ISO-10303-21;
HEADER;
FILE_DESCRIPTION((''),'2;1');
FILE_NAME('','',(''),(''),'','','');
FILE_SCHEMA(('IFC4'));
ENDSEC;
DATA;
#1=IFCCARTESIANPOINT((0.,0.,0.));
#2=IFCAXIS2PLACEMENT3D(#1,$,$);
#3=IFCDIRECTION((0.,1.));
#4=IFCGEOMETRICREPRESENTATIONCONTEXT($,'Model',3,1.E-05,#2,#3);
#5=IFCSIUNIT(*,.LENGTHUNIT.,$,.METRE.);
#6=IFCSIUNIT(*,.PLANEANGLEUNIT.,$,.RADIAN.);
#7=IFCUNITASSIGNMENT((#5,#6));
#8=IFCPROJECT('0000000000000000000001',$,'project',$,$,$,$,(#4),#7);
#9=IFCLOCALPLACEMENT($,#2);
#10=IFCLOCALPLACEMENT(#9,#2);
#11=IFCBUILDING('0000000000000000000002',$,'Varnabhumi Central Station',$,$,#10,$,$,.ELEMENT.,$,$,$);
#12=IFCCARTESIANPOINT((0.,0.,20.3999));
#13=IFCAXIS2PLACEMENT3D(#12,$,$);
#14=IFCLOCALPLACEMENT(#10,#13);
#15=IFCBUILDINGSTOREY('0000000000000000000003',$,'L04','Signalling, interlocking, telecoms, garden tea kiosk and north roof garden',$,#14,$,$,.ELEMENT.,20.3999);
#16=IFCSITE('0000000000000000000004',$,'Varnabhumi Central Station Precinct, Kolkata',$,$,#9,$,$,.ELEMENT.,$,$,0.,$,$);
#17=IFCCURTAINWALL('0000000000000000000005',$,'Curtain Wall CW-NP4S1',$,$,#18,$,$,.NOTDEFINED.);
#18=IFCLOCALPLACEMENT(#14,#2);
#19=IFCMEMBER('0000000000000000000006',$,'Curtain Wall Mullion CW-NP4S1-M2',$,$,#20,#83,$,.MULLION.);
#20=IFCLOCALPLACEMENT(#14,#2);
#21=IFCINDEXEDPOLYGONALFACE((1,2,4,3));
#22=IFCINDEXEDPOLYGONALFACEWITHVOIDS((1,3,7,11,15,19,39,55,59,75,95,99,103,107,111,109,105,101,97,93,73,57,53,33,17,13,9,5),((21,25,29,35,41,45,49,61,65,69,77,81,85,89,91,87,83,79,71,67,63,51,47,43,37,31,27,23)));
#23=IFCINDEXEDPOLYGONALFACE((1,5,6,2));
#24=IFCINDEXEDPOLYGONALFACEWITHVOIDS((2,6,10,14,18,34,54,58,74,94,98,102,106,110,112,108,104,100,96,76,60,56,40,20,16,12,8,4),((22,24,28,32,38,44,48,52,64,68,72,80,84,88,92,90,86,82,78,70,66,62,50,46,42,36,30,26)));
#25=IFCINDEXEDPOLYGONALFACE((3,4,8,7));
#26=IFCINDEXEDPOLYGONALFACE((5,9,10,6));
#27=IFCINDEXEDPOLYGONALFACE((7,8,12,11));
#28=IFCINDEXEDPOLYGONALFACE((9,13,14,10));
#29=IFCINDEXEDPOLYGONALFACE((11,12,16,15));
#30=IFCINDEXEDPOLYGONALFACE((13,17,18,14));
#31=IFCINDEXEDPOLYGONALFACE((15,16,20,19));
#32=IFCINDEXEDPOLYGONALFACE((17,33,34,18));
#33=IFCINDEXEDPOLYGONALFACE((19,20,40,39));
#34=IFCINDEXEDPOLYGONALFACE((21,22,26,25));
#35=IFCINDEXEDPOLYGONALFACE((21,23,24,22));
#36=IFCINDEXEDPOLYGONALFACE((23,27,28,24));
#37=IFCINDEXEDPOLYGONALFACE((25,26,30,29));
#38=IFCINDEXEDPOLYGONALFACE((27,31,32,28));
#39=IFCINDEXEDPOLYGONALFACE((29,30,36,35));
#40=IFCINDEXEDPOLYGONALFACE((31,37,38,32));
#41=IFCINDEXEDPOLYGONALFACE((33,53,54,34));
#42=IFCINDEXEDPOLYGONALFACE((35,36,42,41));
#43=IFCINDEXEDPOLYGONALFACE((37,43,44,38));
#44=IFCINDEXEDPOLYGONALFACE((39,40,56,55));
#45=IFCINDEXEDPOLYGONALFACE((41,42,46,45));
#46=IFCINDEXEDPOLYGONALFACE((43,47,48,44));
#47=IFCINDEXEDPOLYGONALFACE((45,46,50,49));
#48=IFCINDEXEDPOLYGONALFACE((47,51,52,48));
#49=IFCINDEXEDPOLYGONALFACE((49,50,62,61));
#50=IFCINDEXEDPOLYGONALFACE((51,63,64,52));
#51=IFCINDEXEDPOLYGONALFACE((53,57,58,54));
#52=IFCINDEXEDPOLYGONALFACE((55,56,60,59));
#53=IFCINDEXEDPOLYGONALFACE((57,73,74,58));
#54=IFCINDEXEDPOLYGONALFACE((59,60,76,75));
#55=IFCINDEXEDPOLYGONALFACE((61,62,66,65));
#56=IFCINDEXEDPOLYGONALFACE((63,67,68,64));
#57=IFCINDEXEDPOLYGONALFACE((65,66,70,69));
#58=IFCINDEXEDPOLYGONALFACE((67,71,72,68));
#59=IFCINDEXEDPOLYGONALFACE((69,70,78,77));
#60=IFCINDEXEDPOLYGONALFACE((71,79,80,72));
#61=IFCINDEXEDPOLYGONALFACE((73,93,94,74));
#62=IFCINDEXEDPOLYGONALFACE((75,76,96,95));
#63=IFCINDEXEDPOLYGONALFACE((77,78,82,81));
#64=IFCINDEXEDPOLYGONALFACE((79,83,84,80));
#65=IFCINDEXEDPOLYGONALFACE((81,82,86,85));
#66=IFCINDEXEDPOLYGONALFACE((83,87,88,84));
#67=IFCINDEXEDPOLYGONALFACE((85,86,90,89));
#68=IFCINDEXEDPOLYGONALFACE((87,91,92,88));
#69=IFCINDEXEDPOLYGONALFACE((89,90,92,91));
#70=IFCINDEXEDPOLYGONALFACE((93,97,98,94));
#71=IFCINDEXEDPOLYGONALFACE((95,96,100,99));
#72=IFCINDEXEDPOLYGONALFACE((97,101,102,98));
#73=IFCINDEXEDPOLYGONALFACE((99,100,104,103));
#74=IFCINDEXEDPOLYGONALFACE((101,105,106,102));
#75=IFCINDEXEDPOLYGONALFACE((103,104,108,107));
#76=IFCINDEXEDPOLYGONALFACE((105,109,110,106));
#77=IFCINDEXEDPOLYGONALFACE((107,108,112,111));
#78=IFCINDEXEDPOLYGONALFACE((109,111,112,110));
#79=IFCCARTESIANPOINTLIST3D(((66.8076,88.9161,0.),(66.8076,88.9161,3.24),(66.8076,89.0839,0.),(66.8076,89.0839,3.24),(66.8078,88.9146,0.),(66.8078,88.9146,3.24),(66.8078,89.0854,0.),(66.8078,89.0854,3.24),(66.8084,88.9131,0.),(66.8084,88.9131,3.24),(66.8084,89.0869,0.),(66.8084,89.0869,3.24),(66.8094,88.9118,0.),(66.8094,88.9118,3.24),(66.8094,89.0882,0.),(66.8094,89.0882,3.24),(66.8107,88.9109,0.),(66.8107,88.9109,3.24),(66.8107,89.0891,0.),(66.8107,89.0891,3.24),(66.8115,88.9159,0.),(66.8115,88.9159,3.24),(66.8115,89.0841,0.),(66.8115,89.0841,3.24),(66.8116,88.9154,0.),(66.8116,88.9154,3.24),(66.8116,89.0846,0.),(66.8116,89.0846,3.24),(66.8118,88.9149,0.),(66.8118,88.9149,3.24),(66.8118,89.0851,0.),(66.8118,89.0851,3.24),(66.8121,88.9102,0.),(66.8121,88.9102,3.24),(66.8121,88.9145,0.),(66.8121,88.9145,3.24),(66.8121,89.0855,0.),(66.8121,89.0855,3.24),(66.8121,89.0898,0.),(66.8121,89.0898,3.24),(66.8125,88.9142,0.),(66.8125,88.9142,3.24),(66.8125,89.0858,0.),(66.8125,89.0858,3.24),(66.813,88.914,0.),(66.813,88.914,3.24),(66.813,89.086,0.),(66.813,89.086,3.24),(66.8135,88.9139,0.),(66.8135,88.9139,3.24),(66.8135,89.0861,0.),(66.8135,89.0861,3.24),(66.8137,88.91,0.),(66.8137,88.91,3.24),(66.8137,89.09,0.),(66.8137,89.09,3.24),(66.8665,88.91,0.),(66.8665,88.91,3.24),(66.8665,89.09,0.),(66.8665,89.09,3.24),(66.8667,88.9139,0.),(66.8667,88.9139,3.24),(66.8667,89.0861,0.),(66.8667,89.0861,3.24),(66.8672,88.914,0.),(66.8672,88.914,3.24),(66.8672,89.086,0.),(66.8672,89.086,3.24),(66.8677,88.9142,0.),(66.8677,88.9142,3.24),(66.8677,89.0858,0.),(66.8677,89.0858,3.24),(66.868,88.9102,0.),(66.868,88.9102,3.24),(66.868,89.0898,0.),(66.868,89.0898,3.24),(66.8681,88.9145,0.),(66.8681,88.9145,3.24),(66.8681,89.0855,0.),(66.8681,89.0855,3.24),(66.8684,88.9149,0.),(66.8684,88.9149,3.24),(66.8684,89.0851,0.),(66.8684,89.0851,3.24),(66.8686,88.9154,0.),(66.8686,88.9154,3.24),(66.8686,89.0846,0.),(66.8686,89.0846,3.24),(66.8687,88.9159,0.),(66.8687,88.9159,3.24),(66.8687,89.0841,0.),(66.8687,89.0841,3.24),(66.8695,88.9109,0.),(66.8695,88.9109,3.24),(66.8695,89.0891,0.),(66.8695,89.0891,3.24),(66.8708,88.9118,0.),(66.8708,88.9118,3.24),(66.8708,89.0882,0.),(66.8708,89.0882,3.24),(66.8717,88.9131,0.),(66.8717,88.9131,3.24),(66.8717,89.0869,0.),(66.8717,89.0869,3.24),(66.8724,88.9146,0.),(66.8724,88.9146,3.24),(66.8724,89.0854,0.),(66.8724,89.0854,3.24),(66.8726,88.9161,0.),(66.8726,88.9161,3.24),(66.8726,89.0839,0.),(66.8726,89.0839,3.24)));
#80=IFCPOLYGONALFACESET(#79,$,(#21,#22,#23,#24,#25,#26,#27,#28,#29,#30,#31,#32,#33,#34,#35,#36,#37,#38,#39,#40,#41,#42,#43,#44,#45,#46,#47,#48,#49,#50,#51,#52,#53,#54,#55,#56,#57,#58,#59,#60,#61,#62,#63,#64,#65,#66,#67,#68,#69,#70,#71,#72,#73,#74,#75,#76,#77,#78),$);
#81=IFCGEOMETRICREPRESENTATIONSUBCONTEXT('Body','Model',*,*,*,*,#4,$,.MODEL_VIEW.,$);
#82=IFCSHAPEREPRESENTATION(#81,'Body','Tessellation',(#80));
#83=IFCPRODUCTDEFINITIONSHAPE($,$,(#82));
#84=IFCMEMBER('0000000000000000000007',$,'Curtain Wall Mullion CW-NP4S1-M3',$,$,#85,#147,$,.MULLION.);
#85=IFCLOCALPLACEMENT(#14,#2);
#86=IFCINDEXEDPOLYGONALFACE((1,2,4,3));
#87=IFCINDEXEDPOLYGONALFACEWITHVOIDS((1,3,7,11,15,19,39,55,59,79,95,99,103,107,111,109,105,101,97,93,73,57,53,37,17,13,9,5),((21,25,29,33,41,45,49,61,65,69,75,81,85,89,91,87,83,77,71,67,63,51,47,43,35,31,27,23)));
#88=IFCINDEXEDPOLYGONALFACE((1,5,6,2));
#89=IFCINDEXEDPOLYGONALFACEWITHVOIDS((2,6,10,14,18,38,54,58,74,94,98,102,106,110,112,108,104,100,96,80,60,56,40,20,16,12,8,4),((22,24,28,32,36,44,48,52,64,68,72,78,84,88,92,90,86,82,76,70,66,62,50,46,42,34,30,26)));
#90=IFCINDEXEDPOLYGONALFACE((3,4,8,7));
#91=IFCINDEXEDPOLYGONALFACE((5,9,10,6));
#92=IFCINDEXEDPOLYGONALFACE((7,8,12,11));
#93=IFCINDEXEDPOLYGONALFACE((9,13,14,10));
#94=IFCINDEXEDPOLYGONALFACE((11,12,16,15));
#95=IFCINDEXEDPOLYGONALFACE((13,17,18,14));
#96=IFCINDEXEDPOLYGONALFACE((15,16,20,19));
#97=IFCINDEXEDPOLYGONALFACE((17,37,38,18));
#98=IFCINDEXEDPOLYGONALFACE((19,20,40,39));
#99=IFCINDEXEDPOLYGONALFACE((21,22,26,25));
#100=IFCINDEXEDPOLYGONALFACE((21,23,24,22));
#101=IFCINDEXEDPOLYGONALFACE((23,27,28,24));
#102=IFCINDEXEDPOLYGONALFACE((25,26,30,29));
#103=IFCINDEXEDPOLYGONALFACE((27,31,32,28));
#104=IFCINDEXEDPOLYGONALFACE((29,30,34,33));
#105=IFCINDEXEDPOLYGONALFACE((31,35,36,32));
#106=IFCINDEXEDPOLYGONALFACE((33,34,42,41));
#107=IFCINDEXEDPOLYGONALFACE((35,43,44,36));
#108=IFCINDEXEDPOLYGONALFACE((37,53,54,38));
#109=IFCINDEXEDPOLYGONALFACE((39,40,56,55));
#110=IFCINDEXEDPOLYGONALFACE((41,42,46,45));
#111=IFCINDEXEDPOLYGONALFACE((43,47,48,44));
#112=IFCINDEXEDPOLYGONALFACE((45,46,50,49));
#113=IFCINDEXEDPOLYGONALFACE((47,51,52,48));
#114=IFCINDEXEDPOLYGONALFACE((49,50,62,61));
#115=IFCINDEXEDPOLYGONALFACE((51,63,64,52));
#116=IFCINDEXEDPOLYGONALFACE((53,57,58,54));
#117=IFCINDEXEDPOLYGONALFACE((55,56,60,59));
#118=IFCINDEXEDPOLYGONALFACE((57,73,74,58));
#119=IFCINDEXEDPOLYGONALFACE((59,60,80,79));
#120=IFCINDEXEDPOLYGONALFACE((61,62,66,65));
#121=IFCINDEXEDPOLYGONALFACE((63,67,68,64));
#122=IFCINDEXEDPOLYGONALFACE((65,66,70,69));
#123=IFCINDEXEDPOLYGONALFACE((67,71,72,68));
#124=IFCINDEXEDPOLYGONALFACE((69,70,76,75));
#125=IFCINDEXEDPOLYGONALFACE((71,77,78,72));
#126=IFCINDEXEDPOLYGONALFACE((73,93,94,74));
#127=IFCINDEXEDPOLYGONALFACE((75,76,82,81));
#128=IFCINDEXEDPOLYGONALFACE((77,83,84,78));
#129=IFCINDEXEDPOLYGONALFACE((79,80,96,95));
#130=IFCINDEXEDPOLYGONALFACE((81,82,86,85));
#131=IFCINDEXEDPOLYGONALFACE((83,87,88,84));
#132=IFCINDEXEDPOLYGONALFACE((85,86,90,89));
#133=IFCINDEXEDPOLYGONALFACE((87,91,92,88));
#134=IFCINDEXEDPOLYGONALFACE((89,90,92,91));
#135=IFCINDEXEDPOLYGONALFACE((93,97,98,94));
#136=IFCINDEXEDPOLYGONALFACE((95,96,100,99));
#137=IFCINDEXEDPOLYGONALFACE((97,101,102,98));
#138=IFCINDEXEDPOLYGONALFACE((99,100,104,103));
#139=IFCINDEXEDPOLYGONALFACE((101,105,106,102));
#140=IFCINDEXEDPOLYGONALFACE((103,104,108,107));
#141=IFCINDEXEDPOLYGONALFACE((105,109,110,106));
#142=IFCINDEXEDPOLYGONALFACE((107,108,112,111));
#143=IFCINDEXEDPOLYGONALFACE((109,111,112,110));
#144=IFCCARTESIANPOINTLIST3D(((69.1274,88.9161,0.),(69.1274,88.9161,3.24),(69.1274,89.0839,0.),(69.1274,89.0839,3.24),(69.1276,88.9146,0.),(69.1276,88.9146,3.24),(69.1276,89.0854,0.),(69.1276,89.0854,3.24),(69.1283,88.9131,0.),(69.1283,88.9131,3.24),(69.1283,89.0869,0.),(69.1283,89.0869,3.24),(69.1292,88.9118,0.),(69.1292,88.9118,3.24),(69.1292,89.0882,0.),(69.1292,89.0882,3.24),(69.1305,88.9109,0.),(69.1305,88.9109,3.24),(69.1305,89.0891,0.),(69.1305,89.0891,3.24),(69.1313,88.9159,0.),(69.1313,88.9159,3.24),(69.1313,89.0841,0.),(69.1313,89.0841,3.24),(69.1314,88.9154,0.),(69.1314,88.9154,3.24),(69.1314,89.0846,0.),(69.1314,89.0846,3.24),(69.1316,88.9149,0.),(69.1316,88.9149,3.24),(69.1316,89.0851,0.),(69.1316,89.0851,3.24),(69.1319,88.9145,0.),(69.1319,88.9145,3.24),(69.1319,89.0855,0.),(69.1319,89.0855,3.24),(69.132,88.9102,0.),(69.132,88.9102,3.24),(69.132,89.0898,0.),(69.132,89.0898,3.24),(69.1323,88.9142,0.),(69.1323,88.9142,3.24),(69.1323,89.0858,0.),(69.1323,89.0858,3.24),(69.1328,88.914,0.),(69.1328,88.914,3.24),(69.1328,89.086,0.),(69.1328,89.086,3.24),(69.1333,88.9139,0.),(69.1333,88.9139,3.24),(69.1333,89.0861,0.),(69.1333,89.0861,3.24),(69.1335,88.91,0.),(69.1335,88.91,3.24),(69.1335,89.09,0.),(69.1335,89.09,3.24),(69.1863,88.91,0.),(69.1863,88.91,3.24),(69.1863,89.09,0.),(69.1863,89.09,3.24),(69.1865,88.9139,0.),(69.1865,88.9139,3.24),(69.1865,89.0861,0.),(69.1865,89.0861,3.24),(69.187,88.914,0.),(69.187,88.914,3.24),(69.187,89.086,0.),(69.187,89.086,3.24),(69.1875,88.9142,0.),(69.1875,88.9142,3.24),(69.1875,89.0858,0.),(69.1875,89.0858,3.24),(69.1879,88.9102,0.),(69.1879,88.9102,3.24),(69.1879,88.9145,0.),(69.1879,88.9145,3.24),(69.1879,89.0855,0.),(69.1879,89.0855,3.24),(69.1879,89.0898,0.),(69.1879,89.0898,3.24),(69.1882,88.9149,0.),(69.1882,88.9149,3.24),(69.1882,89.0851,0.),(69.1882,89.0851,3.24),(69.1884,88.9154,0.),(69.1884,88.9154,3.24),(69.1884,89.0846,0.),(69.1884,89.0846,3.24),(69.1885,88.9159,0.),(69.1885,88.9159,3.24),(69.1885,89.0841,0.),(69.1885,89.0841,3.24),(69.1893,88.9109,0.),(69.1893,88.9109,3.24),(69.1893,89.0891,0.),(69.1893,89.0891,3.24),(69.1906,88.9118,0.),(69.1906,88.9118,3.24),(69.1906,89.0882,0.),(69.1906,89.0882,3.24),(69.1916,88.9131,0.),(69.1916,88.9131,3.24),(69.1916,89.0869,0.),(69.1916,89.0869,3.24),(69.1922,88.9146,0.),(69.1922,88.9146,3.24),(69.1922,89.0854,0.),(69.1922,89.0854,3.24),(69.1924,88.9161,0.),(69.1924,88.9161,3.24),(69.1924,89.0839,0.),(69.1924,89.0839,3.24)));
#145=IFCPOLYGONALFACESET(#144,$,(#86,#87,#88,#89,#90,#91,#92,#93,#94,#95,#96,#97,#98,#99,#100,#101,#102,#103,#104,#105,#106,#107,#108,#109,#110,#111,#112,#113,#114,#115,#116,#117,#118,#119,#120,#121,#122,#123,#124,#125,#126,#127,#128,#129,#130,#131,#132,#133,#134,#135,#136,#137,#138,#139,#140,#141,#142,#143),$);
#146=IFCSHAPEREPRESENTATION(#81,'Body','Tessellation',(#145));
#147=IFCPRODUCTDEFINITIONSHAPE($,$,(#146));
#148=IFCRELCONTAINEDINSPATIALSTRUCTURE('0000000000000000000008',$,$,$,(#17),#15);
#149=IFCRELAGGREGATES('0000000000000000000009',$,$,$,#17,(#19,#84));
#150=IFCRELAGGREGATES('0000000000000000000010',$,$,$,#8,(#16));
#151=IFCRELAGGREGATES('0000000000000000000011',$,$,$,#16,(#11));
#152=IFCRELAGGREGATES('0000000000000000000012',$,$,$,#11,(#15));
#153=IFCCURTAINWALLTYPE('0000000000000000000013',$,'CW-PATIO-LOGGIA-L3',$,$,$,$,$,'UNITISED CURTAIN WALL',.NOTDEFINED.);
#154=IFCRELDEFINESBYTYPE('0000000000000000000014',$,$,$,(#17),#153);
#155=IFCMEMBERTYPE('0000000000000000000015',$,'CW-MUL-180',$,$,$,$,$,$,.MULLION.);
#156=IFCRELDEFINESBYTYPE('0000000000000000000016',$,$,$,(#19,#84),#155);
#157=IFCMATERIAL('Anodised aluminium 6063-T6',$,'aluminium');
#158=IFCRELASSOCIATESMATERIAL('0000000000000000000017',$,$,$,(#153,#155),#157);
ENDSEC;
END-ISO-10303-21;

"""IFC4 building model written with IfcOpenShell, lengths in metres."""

from ifc_helpers import new_model, si_unit, direction, frame, origin, origin_2d, place, context, subcontext, project, spatial, hollow_rectangle, extrude, material, material_profile, profile_set, type_object, element, aggregate, save


model = new_model("IFC4")

# Units and contexts
model_context = context("Model", 3, precision=1e-05, world=origin(), true_north=direction((0.0, 1.0)))
body_context = subcontext(model_context, "Body", "Model", "MODEL_VIEW")
ifc_project = project(units=[si_unit("LENGTHUNIT", "METRE"), si_unit("PLANEANGLEUNIT", "RADIAN")], contexts=[model_context])

# Site, building, storey
site_placement = place(None, origin())
site = spatial("IfcSite", under=ifc_project, at=site_placement, Name="Varnabhumi Central Station Precinct, Kolkata", CompositionType="ELEMENT", RefElevation=0.0)
building_placement = place(site_placement, origin())
building = spatial("IfcBuilding", under=site, at=building_placement, Name="Varnabhumi Central Station", CompositionType="ELEMENT")
storey_placement = place(building_placement, frame((0.0, 0.0, 20.3999)))
storey = spatial("IfcBuildingStorey", under=building, at=storey_placement, Name="L04", Description="Signalling, interlocking, telecoms, garden tea kiosk and north roof garden", CompositionType="ELEMENT", Elevation=20.3999)

# Curtain wall, members
ifc_material_1 = material(Name="Anodised aluminium 6063-T6", Category="aluminium")
curtain_wall_type = type_object("IfcCurtainWallType", Name="CW-PATIO-LOGGIA-L3", ElementType="UNITISED CURTAIN WALL", PredefinedType="NOTDEFINED", material=ifc_material_1)
curtain_wall_1_placement = place(storey_placement, origin())
curtain_wall_1 = element("IfcCurtainWall", 1, at=curtain_wall_1_placement, inside=storey, type_object=curtain_wall_type, Name="Curtain Wall CW-NP4S1", PredefinedType="NOTDEFINED")
ifc_material_profile_1 = material_profile(ifc_material_1, hollow_rectangle(XDim=0.0649, YDim=0.1799, WallThickness=0.0039, InnerFilletRadius=0.002, OuterFilletRadius=0.0061, at=origin_2d()), Name="Anodised aluminium 6063-T6", Category="aluminium")
ifc_profile_set_1 = profile_set([ifc_material_profile_1], Name="Anodised aluminium 6063-T6")
member_type_1 = type_object("IfcMemberType", Name="CW-MUL-180", PredefinedType="MULLION", material=ifc_profile_set_1)
member_1_placement = place(storey_placement, frame((66.8401, 89.0, 0.0), z_axis=(0.0, 0.0, 1.0), x_axis=(1.0, 0.0, 0.0)))
member_1 = element("IfcMember", 2, at=member_1_placement, type_object=member_type_1, Name="Curtain Wall Mullion CW-NP4S1-M2", PredefinedType="MULLION", context=body_context, shape_type="SweptSolid", body=[
    extrude(hollow_rectangle(XDim=0.0649, YDim=0.1799, WallThickness=0.0039, InnerFilletRadius=0.002, OuterFilletRadius=0.0061, at=origin_2d()), origin(), (0.0, 0.0, 1.0), 3.24),
])
member_2_placement = place(storey_placement, frame((69.1599, 89.0, 0.0), z_axis=(0.0, 0.0, 1.0), x_axis=(1.0, 0.0, 0.0)))
member_2 = element("IfcMember", 3, at=member_2_placement, type_object=member_type_1, Name="Curtain Wall Mullion CW-NP4S1-M3", PredefinedType="MULLION", context=body_context, shape_type="SweptSolid", body=[
    extrude(hollow_rectangle(XDim=0.0649, YDim=0.1799, WallThickness=0.0039, InnerFilletRadius=0.002, OuterFilletRadius=0.0061, at=origin_2d()), origin(), (0.0, 0.0, 1.0), 3.24),
])

aggregate(curtain_wall_1, [member_1, member_2])

save(model, "model.ifc")
